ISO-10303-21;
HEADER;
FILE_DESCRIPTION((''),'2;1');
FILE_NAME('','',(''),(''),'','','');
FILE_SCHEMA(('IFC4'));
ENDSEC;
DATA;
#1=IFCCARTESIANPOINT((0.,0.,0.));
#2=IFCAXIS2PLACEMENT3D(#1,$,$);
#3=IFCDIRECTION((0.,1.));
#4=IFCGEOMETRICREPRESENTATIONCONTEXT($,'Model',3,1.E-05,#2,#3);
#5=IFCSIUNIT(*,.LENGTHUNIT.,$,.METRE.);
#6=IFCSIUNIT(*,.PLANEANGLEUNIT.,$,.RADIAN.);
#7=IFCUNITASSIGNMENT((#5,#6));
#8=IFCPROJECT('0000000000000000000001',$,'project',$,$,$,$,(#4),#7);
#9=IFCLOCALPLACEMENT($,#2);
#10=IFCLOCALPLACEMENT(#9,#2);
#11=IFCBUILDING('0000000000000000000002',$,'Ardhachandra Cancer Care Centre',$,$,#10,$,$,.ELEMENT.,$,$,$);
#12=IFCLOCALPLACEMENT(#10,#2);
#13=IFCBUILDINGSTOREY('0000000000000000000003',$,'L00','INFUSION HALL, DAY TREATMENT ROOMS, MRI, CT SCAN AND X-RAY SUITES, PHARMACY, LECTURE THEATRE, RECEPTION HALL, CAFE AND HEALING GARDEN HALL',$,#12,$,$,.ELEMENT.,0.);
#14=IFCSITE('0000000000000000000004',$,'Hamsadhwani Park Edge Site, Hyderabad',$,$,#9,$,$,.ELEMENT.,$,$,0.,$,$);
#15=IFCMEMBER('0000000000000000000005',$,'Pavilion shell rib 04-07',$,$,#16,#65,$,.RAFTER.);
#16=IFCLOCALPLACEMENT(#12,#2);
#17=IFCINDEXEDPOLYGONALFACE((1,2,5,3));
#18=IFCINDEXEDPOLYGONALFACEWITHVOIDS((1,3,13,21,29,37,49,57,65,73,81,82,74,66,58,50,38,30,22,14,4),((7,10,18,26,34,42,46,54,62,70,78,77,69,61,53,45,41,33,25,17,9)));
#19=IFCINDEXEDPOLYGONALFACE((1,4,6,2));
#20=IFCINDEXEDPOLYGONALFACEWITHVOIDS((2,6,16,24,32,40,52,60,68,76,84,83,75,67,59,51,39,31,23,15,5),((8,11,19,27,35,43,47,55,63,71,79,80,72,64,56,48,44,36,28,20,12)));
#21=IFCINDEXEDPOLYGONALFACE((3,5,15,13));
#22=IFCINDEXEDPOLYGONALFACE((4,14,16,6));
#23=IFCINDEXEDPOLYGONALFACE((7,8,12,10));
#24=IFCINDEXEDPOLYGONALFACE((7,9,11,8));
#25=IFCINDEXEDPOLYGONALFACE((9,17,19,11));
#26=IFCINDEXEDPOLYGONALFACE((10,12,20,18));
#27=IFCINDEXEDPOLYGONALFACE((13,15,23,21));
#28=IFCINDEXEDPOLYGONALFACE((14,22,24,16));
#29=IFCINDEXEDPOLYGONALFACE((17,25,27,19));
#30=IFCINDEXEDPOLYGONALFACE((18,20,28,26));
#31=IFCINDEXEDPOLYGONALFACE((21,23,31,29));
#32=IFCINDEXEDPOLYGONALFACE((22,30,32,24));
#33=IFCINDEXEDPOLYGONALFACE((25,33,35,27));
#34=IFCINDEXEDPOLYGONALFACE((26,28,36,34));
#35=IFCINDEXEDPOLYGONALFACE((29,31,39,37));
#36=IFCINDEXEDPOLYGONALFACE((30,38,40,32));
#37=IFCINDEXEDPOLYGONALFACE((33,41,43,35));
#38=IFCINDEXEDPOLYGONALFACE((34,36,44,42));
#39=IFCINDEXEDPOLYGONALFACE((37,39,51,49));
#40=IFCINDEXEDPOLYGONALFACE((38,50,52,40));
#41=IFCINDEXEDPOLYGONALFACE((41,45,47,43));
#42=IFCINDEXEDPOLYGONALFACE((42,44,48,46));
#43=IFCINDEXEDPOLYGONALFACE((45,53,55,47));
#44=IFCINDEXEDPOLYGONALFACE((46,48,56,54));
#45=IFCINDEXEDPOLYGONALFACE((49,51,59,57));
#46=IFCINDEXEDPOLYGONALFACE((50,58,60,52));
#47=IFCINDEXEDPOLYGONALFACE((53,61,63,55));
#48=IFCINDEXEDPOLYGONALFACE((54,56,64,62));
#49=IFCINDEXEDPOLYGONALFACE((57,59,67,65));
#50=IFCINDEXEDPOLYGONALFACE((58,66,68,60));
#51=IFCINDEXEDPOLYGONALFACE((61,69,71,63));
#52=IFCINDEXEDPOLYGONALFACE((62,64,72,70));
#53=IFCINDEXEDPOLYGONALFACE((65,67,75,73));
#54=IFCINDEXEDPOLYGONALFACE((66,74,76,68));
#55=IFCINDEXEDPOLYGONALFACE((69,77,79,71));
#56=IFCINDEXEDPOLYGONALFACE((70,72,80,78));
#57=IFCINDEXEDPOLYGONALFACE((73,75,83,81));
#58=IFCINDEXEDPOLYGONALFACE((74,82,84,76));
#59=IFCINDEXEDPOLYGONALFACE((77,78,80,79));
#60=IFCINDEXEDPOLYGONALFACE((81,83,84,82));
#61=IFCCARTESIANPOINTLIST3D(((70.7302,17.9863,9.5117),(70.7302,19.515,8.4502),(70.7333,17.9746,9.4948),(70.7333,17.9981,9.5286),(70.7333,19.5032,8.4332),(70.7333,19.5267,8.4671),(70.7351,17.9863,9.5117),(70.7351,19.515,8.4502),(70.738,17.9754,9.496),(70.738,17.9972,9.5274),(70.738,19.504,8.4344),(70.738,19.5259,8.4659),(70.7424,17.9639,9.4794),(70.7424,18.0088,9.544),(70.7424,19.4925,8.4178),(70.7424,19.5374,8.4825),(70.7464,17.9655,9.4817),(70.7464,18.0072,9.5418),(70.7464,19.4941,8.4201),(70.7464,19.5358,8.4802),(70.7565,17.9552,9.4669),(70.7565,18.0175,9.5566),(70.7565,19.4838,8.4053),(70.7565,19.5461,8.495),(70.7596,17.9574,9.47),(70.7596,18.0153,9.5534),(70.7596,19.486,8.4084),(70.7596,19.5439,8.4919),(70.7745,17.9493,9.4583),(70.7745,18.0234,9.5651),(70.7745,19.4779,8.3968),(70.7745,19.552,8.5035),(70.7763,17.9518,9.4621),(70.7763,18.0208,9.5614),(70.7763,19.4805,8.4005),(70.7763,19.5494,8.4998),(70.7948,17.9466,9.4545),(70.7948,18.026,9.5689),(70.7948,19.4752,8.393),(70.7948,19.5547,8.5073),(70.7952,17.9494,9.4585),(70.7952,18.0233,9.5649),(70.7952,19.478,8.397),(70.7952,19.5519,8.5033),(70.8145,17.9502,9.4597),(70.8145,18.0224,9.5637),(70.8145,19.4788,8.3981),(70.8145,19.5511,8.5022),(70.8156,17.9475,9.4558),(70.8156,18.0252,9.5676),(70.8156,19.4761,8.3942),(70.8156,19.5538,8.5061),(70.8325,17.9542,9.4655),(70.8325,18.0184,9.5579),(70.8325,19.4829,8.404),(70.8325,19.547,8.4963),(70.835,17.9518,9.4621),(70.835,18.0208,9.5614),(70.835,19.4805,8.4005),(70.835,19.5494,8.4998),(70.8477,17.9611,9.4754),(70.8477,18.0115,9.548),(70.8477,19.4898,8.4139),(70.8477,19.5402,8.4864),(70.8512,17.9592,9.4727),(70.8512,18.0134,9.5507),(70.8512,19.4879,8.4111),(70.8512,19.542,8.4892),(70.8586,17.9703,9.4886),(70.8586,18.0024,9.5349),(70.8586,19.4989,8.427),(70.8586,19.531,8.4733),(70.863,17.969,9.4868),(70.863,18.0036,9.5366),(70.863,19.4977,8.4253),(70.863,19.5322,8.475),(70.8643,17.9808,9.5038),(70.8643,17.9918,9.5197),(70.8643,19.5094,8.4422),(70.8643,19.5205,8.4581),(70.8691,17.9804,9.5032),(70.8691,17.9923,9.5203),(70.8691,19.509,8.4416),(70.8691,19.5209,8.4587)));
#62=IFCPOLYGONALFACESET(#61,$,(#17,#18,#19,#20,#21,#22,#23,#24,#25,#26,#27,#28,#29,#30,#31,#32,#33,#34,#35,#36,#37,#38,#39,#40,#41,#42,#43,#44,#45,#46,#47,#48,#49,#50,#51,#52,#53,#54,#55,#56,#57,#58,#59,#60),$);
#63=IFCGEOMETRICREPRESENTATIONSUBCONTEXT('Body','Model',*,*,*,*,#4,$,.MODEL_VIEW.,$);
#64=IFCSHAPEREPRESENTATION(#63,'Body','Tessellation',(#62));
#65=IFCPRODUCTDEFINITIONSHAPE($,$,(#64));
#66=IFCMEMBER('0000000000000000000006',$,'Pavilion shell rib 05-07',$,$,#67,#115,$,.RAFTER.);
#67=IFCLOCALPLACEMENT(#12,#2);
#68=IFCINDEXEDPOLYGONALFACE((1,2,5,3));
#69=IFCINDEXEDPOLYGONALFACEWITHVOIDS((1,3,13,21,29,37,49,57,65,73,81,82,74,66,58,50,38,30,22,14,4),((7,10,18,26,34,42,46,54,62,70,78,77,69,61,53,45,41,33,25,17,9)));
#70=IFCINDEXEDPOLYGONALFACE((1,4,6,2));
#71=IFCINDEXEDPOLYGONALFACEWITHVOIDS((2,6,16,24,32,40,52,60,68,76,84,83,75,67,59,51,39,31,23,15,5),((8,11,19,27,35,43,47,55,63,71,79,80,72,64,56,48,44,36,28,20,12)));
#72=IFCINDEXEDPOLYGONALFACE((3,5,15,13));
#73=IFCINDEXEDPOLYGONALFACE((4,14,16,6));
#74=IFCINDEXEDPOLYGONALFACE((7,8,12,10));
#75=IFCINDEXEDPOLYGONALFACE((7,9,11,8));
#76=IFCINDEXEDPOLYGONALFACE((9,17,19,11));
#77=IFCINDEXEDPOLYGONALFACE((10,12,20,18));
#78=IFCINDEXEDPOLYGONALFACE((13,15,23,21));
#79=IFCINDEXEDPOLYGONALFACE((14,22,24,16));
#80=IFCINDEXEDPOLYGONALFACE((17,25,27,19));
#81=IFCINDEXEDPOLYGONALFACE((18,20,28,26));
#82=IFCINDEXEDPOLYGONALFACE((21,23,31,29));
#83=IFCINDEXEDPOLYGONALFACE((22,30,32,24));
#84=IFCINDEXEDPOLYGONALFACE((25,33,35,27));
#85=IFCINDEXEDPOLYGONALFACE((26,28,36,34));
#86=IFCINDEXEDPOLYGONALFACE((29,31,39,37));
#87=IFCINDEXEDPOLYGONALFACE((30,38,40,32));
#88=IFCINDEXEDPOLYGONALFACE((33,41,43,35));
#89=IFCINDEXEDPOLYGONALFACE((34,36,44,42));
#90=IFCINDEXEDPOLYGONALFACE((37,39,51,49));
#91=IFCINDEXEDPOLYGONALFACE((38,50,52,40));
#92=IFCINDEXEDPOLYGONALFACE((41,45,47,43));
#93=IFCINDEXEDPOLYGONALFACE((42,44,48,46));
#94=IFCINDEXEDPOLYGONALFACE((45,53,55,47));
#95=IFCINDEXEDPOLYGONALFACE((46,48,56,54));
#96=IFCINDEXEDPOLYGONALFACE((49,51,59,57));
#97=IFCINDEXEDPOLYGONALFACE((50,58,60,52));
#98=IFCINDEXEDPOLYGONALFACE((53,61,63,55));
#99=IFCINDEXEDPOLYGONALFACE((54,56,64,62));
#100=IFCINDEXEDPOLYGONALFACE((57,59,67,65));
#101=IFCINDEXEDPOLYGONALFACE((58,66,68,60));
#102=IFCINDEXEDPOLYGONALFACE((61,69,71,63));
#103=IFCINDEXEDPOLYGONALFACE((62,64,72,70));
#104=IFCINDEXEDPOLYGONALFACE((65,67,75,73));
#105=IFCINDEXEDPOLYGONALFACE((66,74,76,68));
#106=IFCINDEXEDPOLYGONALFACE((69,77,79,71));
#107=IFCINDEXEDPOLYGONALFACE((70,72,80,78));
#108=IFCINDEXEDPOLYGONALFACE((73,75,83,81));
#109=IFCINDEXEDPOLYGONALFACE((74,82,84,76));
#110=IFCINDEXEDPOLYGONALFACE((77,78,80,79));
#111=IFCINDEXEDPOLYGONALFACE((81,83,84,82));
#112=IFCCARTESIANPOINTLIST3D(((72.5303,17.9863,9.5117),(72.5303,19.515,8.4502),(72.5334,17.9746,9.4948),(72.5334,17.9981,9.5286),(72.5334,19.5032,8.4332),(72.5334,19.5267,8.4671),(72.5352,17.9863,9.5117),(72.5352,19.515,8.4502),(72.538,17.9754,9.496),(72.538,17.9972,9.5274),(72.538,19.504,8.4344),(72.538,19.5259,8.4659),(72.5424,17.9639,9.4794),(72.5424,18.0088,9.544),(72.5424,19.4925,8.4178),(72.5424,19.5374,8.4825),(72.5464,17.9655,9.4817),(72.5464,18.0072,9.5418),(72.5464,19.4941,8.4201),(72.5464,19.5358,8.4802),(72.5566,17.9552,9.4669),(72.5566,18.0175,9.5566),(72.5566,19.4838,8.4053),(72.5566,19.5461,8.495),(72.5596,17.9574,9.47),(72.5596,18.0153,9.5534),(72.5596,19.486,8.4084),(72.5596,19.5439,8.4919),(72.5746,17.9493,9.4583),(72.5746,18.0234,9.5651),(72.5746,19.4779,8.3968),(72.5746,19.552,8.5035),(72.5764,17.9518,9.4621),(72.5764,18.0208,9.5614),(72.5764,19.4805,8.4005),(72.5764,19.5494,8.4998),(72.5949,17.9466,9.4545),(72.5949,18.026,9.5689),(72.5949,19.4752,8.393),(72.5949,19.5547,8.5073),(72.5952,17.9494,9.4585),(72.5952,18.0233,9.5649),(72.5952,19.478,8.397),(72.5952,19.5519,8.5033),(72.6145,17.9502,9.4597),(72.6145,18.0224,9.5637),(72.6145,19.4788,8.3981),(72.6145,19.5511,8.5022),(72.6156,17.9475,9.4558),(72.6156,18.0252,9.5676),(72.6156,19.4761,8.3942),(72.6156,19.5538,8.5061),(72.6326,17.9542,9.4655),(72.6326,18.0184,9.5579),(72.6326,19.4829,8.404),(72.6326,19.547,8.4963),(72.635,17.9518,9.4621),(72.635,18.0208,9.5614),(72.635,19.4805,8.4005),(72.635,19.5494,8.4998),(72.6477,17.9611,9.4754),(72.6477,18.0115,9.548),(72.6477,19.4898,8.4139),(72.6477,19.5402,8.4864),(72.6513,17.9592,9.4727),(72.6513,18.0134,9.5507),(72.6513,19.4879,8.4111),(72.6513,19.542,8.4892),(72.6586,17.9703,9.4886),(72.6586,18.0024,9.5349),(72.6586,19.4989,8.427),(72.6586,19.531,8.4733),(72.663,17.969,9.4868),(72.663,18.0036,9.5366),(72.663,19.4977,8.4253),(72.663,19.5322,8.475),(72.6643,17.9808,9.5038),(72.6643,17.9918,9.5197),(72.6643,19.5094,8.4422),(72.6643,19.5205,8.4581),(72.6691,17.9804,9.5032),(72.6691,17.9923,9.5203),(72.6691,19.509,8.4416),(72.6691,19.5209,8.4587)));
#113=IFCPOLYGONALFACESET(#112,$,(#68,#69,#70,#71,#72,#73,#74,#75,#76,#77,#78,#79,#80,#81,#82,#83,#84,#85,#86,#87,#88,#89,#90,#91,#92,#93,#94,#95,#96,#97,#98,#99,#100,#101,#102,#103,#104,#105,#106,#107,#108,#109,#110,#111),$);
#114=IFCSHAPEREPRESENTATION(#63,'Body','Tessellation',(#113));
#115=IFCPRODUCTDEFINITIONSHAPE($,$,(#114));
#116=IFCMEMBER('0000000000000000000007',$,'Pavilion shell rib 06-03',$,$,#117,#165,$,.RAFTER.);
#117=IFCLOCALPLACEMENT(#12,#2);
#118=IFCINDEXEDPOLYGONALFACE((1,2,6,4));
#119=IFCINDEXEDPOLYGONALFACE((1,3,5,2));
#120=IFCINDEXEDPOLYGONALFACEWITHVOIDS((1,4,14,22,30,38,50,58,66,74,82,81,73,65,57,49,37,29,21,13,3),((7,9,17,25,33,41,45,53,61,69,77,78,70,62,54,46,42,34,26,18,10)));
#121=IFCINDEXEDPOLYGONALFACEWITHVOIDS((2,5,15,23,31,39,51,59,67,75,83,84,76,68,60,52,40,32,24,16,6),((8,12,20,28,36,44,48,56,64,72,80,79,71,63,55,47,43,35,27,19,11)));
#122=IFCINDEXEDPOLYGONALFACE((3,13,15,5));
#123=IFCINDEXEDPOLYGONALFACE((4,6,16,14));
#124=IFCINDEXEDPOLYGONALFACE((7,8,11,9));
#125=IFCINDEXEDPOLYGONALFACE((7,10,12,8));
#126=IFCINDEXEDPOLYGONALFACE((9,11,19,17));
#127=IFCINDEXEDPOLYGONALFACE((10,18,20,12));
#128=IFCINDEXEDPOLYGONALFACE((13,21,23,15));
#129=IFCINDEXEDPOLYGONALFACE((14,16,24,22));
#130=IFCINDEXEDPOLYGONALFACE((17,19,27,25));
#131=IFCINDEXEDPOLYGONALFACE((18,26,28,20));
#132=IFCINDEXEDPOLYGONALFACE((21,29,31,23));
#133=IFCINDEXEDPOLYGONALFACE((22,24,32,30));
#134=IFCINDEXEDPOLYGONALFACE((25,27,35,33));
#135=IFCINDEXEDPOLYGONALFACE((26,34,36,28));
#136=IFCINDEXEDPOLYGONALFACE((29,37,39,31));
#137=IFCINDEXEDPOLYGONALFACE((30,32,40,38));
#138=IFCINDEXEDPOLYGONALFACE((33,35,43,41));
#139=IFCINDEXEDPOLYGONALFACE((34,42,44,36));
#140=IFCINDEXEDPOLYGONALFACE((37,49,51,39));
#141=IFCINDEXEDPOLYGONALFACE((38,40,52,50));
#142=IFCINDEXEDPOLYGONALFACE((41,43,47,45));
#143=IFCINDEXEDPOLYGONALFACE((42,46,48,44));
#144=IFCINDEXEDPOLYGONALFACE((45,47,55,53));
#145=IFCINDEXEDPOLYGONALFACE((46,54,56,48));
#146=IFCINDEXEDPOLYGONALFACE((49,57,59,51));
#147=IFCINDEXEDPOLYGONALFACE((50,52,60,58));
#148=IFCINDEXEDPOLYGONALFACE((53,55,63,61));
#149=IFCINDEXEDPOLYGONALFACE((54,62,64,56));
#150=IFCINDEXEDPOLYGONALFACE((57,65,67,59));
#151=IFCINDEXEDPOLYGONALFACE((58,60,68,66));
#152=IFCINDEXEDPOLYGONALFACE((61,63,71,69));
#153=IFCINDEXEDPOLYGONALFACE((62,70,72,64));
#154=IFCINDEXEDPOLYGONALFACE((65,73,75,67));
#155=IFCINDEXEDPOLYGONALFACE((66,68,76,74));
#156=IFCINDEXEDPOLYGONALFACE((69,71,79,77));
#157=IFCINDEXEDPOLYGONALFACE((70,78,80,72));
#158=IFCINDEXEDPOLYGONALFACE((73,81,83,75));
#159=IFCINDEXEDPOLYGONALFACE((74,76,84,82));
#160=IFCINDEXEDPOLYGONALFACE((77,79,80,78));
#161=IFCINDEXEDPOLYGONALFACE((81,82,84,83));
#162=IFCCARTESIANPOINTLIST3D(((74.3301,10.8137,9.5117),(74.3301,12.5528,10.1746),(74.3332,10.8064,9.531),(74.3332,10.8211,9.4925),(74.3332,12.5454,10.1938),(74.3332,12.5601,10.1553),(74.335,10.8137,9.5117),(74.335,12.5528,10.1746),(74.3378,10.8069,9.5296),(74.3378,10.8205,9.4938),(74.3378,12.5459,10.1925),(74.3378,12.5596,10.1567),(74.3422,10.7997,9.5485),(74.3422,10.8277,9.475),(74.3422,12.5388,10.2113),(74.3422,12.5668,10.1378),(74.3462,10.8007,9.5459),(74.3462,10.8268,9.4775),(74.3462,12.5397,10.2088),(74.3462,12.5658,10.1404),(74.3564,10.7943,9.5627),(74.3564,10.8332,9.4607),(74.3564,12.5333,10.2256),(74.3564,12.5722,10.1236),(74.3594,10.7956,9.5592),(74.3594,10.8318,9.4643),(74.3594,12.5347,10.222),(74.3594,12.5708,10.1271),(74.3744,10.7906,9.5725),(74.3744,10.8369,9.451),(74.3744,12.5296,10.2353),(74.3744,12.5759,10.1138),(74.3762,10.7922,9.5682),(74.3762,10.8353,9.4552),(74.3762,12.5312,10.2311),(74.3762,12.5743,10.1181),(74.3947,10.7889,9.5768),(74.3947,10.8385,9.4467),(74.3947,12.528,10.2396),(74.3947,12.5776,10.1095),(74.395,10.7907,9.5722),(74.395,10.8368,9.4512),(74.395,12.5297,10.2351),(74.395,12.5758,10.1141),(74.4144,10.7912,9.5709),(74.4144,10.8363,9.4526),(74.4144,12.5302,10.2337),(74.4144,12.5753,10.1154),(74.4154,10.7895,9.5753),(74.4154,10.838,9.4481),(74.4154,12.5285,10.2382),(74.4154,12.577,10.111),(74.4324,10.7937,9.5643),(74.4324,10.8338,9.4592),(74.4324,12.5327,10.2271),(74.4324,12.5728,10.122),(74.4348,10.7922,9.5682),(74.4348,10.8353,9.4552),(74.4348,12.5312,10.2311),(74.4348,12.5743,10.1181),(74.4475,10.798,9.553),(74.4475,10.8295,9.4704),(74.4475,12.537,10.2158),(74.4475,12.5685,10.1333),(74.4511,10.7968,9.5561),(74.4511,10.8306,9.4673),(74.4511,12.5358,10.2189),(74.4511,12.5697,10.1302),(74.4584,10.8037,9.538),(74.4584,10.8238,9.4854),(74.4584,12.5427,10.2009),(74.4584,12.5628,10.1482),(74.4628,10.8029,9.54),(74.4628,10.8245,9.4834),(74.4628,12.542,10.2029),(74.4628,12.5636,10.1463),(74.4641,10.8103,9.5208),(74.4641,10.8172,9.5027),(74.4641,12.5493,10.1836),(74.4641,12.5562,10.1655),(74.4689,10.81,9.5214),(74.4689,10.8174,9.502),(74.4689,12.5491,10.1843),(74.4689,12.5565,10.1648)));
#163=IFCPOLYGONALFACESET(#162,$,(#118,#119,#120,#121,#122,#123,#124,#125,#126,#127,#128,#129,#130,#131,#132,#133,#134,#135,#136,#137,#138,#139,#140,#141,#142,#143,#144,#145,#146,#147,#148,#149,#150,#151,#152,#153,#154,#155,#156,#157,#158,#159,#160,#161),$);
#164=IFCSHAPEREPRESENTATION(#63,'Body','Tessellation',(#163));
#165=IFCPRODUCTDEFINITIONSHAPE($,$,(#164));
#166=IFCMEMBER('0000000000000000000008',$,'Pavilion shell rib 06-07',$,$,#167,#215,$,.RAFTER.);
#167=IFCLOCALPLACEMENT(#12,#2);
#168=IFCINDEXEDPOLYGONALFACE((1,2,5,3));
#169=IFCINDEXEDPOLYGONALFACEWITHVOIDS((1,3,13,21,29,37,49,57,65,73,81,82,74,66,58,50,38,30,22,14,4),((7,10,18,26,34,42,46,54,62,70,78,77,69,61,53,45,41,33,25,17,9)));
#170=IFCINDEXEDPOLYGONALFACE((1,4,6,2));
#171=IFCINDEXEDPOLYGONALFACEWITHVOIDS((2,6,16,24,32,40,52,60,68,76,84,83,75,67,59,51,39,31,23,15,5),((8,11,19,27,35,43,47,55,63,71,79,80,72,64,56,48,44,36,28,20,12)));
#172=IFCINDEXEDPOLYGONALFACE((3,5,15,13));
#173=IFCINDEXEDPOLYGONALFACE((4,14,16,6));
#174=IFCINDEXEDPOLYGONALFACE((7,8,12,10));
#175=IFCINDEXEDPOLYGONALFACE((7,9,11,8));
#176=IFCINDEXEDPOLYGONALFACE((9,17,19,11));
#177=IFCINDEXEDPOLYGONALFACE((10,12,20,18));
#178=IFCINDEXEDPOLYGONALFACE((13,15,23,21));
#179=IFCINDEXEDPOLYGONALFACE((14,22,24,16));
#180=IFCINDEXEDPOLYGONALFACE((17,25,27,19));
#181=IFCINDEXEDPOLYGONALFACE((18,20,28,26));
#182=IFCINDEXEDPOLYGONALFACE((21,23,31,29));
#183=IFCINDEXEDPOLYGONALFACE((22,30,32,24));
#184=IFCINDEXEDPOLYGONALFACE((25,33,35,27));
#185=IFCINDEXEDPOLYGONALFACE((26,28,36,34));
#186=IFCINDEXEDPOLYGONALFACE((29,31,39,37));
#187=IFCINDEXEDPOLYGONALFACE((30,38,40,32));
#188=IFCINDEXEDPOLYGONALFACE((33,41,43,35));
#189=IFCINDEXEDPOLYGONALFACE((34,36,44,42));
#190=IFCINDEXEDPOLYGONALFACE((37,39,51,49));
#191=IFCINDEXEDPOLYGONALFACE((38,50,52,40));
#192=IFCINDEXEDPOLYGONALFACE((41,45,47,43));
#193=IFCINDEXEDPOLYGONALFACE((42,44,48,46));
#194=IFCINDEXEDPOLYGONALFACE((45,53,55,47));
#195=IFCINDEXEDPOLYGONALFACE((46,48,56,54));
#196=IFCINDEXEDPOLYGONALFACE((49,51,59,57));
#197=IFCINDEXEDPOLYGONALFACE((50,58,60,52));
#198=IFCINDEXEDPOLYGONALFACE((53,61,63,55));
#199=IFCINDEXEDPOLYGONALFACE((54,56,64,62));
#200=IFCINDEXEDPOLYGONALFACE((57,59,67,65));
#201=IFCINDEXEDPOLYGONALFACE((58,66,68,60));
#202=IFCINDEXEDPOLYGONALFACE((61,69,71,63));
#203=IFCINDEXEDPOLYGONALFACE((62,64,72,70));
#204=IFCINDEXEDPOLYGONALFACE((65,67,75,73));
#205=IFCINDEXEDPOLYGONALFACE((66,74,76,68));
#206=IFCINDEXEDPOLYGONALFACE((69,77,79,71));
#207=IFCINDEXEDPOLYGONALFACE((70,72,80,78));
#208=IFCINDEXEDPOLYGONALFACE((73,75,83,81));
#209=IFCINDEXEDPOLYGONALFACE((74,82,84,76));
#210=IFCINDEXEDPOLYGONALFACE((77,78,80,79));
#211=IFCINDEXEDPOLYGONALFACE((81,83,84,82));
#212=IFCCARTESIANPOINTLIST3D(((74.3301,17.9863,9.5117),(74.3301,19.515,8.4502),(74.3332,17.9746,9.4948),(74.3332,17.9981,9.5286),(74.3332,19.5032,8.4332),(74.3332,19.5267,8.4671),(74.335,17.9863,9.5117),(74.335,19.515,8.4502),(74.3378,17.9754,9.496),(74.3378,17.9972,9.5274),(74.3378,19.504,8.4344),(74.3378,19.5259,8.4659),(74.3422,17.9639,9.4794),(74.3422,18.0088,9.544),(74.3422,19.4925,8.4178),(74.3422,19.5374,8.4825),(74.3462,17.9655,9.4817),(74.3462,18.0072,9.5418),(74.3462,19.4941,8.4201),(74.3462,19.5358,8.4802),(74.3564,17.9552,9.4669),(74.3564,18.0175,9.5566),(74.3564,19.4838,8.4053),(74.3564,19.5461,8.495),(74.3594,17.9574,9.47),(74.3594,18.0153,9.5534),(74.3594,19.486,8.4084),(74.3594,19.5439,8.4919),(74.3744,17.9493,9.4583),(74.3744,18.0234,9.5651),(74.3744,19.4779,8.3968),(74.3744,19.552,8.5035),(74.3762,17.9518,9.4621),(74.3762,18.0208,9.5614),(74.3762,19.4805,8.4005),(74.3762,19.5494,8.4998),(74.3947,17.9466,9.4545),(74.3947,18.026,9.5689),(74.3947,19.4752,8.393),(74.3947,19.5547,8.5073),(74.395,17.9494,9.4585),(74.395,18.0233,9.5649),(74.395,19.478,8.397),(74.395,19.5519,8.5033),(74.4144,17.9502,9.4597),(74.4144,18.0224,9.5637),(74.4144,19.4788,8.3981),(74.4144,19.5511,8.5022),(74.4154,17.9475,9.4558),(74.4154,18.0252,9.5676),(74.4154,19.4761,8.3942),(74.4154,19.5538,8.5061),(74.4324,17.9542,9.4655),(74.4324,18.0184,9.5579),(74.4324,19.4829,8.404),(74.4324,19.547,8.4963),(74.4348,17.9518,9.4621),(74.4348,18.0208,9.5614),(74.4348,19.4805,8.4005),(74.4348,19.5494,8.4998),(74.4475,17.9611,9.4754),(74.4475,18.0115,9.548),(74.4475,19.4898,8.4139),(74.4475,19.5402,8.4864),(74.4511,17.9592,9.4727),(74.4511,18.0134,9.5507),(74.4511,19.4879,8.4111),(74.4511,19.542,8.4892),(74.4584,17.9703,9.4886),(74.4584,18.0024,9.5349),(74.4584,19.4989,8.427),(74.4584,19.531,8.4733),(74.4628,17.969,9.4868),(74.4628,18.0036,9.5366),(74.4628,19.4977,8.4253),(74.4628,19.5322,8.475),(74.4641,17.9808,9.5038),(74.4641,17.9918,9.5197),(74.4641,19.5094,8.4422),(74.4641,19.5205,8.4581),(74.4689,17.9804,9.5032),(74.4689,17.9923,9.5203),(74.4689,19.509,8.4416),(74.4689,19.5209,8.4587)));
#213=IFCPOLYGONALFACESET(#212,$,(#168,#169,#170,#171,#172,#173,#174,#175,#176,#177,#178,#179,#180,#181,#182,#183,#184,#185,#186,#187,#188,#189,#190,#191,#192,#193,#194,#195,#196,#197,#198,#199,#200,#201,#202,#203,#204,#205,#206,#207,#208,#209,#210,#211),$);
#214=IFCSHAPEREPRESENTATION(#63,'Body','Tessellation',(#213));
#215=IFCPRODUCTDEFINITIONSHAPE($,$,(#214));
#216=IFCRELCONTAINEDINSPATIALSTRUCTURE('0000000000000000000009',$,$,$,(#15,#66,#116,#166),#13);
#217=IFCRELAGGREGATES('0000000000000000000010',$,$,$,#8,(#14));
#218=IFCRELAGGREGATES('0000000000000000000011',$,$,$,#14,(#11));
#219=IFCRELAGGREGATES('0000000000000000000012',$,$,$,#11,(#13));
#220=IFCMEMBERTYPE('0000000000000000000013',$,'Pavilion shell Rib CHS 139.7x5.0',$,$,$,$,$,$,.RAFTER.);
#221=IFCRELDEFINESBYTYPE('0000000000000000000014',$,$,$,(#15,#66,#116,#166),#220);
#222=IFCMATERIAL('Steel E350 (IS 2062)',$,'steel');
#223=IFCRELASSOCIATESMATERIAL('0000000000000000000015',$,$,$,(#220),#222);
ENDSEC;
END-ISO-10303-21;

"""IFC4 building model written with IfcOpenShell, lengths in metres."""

from ifc_helpers import new_model, si_unit, direction, frame, origin, origin_2d, place, context, subcontext, project, spatial, hollow_circle, extrude, material, material_profile, profile_set, type_object, element, save


model = new_model("IFC4")

# Units and contexts
model_context = context("Model", 3, precision=1e-05, world=origin(), true_north=direction((0.0, 1.0)))
body_context = subcontext(model_context, "Body", "Model", "MODEL_VIEW")
ifc_project = project(units=[si_unit("LENGTHUNIT", "METRE"), si_unit("PLANEANGLEUNIT", "RADIAN")], contexts=[model_context])

# Site, building, storey
site_placement = place(None, origin())
site = spatial("IfcSite", under=ifc_project, at=site_placement, Name="Hamsadhwani Park Edge Site, Hyderabad", CompositionType="ELEMENT", RefElevation=0.0)
building_placement = place(site_placement, origin())
building = spatial("IfcBuilding", under=site, at=building_placement, Name="Ardhachandra Cancer Care Centre", CompositionType="ELEMENT")
storey_placement = place(building_placement, origin())
storey = spatial("IfcBuildingStorey", under=building, at=storey_placement, Name="L00", Description="INFUSION HALL, DAY TREATMENT ROOMS, MRI, CT SCAN AND X-RAY SUITES, PHARMACY, LECTURE THEATRE, RECEPTION HALL, CAFE AND HEALING GARDEN HALL", CompositionType="ELEMENT", Elevation=0.0)

# Members
ifc_material_1 = material(Name="Steel E350 (IS 2062)", Category="steel")
ifc_material_profile_1 = material_profile(ifc_material_1, hollow_circle(Radius=0.0698, WallThickness=0.0049, at=origin_2d()), Name="CHS 139.7x5.0")
ifc_profile_set_1 = profile_set([ifc_material_profile_1], Name="Steel E350 (IS 2062)")
member_type_1 = type_object("IfcMemberType", Name="Pavilion shell Rib CHS 139.7x5.0", PredefinedType="RAFTER", material=ifc_profile_set_1)
for number, where, z_axis, x_axis, name in (
    (1, (70.8, 17.9863, 9.5117), (0.0, 0.821365, -0.570403), (-1.0, 0.0, 0.0), "Pavilion shell rib 04-07"),
    (2, (72.6001, 17.9863, 9.5117), (0.0, 0.821365, -0.570403), (-1.0, 0.0, 0.0), "Pavilion shell rib 05-07"),
    (3, (74.3999, 10.8137, 9.5117), (0.0, 0.934423, 0.356164), (-1.0, 0.0, 0.0), "Pavilion shell rib 06-03"),
    (4, (74.3999, 17.9863, 9.5117), (0.0, 0.821365, -0.570403), (-1.0, 0.0, 0.0), "Pavilion shell rib 06-07"),
):
    element("IfcMember", number, at=place(storey_placement, frame(where, z_axis=z_axis, x_axis=x_axis)), inside=storey, type_object=member_type_1, Name=name, PredefinedType="RAFTER", context=body_context, shape_type="SweptSolid", body=[
        extrude(hollow_circle(Radius=0.0698, WallThickness=0.0049, at=origin_2d()), origin(), (0.0, 0.0, 1.0), 1.8611),
    ])

save(model, "model.ifc")
